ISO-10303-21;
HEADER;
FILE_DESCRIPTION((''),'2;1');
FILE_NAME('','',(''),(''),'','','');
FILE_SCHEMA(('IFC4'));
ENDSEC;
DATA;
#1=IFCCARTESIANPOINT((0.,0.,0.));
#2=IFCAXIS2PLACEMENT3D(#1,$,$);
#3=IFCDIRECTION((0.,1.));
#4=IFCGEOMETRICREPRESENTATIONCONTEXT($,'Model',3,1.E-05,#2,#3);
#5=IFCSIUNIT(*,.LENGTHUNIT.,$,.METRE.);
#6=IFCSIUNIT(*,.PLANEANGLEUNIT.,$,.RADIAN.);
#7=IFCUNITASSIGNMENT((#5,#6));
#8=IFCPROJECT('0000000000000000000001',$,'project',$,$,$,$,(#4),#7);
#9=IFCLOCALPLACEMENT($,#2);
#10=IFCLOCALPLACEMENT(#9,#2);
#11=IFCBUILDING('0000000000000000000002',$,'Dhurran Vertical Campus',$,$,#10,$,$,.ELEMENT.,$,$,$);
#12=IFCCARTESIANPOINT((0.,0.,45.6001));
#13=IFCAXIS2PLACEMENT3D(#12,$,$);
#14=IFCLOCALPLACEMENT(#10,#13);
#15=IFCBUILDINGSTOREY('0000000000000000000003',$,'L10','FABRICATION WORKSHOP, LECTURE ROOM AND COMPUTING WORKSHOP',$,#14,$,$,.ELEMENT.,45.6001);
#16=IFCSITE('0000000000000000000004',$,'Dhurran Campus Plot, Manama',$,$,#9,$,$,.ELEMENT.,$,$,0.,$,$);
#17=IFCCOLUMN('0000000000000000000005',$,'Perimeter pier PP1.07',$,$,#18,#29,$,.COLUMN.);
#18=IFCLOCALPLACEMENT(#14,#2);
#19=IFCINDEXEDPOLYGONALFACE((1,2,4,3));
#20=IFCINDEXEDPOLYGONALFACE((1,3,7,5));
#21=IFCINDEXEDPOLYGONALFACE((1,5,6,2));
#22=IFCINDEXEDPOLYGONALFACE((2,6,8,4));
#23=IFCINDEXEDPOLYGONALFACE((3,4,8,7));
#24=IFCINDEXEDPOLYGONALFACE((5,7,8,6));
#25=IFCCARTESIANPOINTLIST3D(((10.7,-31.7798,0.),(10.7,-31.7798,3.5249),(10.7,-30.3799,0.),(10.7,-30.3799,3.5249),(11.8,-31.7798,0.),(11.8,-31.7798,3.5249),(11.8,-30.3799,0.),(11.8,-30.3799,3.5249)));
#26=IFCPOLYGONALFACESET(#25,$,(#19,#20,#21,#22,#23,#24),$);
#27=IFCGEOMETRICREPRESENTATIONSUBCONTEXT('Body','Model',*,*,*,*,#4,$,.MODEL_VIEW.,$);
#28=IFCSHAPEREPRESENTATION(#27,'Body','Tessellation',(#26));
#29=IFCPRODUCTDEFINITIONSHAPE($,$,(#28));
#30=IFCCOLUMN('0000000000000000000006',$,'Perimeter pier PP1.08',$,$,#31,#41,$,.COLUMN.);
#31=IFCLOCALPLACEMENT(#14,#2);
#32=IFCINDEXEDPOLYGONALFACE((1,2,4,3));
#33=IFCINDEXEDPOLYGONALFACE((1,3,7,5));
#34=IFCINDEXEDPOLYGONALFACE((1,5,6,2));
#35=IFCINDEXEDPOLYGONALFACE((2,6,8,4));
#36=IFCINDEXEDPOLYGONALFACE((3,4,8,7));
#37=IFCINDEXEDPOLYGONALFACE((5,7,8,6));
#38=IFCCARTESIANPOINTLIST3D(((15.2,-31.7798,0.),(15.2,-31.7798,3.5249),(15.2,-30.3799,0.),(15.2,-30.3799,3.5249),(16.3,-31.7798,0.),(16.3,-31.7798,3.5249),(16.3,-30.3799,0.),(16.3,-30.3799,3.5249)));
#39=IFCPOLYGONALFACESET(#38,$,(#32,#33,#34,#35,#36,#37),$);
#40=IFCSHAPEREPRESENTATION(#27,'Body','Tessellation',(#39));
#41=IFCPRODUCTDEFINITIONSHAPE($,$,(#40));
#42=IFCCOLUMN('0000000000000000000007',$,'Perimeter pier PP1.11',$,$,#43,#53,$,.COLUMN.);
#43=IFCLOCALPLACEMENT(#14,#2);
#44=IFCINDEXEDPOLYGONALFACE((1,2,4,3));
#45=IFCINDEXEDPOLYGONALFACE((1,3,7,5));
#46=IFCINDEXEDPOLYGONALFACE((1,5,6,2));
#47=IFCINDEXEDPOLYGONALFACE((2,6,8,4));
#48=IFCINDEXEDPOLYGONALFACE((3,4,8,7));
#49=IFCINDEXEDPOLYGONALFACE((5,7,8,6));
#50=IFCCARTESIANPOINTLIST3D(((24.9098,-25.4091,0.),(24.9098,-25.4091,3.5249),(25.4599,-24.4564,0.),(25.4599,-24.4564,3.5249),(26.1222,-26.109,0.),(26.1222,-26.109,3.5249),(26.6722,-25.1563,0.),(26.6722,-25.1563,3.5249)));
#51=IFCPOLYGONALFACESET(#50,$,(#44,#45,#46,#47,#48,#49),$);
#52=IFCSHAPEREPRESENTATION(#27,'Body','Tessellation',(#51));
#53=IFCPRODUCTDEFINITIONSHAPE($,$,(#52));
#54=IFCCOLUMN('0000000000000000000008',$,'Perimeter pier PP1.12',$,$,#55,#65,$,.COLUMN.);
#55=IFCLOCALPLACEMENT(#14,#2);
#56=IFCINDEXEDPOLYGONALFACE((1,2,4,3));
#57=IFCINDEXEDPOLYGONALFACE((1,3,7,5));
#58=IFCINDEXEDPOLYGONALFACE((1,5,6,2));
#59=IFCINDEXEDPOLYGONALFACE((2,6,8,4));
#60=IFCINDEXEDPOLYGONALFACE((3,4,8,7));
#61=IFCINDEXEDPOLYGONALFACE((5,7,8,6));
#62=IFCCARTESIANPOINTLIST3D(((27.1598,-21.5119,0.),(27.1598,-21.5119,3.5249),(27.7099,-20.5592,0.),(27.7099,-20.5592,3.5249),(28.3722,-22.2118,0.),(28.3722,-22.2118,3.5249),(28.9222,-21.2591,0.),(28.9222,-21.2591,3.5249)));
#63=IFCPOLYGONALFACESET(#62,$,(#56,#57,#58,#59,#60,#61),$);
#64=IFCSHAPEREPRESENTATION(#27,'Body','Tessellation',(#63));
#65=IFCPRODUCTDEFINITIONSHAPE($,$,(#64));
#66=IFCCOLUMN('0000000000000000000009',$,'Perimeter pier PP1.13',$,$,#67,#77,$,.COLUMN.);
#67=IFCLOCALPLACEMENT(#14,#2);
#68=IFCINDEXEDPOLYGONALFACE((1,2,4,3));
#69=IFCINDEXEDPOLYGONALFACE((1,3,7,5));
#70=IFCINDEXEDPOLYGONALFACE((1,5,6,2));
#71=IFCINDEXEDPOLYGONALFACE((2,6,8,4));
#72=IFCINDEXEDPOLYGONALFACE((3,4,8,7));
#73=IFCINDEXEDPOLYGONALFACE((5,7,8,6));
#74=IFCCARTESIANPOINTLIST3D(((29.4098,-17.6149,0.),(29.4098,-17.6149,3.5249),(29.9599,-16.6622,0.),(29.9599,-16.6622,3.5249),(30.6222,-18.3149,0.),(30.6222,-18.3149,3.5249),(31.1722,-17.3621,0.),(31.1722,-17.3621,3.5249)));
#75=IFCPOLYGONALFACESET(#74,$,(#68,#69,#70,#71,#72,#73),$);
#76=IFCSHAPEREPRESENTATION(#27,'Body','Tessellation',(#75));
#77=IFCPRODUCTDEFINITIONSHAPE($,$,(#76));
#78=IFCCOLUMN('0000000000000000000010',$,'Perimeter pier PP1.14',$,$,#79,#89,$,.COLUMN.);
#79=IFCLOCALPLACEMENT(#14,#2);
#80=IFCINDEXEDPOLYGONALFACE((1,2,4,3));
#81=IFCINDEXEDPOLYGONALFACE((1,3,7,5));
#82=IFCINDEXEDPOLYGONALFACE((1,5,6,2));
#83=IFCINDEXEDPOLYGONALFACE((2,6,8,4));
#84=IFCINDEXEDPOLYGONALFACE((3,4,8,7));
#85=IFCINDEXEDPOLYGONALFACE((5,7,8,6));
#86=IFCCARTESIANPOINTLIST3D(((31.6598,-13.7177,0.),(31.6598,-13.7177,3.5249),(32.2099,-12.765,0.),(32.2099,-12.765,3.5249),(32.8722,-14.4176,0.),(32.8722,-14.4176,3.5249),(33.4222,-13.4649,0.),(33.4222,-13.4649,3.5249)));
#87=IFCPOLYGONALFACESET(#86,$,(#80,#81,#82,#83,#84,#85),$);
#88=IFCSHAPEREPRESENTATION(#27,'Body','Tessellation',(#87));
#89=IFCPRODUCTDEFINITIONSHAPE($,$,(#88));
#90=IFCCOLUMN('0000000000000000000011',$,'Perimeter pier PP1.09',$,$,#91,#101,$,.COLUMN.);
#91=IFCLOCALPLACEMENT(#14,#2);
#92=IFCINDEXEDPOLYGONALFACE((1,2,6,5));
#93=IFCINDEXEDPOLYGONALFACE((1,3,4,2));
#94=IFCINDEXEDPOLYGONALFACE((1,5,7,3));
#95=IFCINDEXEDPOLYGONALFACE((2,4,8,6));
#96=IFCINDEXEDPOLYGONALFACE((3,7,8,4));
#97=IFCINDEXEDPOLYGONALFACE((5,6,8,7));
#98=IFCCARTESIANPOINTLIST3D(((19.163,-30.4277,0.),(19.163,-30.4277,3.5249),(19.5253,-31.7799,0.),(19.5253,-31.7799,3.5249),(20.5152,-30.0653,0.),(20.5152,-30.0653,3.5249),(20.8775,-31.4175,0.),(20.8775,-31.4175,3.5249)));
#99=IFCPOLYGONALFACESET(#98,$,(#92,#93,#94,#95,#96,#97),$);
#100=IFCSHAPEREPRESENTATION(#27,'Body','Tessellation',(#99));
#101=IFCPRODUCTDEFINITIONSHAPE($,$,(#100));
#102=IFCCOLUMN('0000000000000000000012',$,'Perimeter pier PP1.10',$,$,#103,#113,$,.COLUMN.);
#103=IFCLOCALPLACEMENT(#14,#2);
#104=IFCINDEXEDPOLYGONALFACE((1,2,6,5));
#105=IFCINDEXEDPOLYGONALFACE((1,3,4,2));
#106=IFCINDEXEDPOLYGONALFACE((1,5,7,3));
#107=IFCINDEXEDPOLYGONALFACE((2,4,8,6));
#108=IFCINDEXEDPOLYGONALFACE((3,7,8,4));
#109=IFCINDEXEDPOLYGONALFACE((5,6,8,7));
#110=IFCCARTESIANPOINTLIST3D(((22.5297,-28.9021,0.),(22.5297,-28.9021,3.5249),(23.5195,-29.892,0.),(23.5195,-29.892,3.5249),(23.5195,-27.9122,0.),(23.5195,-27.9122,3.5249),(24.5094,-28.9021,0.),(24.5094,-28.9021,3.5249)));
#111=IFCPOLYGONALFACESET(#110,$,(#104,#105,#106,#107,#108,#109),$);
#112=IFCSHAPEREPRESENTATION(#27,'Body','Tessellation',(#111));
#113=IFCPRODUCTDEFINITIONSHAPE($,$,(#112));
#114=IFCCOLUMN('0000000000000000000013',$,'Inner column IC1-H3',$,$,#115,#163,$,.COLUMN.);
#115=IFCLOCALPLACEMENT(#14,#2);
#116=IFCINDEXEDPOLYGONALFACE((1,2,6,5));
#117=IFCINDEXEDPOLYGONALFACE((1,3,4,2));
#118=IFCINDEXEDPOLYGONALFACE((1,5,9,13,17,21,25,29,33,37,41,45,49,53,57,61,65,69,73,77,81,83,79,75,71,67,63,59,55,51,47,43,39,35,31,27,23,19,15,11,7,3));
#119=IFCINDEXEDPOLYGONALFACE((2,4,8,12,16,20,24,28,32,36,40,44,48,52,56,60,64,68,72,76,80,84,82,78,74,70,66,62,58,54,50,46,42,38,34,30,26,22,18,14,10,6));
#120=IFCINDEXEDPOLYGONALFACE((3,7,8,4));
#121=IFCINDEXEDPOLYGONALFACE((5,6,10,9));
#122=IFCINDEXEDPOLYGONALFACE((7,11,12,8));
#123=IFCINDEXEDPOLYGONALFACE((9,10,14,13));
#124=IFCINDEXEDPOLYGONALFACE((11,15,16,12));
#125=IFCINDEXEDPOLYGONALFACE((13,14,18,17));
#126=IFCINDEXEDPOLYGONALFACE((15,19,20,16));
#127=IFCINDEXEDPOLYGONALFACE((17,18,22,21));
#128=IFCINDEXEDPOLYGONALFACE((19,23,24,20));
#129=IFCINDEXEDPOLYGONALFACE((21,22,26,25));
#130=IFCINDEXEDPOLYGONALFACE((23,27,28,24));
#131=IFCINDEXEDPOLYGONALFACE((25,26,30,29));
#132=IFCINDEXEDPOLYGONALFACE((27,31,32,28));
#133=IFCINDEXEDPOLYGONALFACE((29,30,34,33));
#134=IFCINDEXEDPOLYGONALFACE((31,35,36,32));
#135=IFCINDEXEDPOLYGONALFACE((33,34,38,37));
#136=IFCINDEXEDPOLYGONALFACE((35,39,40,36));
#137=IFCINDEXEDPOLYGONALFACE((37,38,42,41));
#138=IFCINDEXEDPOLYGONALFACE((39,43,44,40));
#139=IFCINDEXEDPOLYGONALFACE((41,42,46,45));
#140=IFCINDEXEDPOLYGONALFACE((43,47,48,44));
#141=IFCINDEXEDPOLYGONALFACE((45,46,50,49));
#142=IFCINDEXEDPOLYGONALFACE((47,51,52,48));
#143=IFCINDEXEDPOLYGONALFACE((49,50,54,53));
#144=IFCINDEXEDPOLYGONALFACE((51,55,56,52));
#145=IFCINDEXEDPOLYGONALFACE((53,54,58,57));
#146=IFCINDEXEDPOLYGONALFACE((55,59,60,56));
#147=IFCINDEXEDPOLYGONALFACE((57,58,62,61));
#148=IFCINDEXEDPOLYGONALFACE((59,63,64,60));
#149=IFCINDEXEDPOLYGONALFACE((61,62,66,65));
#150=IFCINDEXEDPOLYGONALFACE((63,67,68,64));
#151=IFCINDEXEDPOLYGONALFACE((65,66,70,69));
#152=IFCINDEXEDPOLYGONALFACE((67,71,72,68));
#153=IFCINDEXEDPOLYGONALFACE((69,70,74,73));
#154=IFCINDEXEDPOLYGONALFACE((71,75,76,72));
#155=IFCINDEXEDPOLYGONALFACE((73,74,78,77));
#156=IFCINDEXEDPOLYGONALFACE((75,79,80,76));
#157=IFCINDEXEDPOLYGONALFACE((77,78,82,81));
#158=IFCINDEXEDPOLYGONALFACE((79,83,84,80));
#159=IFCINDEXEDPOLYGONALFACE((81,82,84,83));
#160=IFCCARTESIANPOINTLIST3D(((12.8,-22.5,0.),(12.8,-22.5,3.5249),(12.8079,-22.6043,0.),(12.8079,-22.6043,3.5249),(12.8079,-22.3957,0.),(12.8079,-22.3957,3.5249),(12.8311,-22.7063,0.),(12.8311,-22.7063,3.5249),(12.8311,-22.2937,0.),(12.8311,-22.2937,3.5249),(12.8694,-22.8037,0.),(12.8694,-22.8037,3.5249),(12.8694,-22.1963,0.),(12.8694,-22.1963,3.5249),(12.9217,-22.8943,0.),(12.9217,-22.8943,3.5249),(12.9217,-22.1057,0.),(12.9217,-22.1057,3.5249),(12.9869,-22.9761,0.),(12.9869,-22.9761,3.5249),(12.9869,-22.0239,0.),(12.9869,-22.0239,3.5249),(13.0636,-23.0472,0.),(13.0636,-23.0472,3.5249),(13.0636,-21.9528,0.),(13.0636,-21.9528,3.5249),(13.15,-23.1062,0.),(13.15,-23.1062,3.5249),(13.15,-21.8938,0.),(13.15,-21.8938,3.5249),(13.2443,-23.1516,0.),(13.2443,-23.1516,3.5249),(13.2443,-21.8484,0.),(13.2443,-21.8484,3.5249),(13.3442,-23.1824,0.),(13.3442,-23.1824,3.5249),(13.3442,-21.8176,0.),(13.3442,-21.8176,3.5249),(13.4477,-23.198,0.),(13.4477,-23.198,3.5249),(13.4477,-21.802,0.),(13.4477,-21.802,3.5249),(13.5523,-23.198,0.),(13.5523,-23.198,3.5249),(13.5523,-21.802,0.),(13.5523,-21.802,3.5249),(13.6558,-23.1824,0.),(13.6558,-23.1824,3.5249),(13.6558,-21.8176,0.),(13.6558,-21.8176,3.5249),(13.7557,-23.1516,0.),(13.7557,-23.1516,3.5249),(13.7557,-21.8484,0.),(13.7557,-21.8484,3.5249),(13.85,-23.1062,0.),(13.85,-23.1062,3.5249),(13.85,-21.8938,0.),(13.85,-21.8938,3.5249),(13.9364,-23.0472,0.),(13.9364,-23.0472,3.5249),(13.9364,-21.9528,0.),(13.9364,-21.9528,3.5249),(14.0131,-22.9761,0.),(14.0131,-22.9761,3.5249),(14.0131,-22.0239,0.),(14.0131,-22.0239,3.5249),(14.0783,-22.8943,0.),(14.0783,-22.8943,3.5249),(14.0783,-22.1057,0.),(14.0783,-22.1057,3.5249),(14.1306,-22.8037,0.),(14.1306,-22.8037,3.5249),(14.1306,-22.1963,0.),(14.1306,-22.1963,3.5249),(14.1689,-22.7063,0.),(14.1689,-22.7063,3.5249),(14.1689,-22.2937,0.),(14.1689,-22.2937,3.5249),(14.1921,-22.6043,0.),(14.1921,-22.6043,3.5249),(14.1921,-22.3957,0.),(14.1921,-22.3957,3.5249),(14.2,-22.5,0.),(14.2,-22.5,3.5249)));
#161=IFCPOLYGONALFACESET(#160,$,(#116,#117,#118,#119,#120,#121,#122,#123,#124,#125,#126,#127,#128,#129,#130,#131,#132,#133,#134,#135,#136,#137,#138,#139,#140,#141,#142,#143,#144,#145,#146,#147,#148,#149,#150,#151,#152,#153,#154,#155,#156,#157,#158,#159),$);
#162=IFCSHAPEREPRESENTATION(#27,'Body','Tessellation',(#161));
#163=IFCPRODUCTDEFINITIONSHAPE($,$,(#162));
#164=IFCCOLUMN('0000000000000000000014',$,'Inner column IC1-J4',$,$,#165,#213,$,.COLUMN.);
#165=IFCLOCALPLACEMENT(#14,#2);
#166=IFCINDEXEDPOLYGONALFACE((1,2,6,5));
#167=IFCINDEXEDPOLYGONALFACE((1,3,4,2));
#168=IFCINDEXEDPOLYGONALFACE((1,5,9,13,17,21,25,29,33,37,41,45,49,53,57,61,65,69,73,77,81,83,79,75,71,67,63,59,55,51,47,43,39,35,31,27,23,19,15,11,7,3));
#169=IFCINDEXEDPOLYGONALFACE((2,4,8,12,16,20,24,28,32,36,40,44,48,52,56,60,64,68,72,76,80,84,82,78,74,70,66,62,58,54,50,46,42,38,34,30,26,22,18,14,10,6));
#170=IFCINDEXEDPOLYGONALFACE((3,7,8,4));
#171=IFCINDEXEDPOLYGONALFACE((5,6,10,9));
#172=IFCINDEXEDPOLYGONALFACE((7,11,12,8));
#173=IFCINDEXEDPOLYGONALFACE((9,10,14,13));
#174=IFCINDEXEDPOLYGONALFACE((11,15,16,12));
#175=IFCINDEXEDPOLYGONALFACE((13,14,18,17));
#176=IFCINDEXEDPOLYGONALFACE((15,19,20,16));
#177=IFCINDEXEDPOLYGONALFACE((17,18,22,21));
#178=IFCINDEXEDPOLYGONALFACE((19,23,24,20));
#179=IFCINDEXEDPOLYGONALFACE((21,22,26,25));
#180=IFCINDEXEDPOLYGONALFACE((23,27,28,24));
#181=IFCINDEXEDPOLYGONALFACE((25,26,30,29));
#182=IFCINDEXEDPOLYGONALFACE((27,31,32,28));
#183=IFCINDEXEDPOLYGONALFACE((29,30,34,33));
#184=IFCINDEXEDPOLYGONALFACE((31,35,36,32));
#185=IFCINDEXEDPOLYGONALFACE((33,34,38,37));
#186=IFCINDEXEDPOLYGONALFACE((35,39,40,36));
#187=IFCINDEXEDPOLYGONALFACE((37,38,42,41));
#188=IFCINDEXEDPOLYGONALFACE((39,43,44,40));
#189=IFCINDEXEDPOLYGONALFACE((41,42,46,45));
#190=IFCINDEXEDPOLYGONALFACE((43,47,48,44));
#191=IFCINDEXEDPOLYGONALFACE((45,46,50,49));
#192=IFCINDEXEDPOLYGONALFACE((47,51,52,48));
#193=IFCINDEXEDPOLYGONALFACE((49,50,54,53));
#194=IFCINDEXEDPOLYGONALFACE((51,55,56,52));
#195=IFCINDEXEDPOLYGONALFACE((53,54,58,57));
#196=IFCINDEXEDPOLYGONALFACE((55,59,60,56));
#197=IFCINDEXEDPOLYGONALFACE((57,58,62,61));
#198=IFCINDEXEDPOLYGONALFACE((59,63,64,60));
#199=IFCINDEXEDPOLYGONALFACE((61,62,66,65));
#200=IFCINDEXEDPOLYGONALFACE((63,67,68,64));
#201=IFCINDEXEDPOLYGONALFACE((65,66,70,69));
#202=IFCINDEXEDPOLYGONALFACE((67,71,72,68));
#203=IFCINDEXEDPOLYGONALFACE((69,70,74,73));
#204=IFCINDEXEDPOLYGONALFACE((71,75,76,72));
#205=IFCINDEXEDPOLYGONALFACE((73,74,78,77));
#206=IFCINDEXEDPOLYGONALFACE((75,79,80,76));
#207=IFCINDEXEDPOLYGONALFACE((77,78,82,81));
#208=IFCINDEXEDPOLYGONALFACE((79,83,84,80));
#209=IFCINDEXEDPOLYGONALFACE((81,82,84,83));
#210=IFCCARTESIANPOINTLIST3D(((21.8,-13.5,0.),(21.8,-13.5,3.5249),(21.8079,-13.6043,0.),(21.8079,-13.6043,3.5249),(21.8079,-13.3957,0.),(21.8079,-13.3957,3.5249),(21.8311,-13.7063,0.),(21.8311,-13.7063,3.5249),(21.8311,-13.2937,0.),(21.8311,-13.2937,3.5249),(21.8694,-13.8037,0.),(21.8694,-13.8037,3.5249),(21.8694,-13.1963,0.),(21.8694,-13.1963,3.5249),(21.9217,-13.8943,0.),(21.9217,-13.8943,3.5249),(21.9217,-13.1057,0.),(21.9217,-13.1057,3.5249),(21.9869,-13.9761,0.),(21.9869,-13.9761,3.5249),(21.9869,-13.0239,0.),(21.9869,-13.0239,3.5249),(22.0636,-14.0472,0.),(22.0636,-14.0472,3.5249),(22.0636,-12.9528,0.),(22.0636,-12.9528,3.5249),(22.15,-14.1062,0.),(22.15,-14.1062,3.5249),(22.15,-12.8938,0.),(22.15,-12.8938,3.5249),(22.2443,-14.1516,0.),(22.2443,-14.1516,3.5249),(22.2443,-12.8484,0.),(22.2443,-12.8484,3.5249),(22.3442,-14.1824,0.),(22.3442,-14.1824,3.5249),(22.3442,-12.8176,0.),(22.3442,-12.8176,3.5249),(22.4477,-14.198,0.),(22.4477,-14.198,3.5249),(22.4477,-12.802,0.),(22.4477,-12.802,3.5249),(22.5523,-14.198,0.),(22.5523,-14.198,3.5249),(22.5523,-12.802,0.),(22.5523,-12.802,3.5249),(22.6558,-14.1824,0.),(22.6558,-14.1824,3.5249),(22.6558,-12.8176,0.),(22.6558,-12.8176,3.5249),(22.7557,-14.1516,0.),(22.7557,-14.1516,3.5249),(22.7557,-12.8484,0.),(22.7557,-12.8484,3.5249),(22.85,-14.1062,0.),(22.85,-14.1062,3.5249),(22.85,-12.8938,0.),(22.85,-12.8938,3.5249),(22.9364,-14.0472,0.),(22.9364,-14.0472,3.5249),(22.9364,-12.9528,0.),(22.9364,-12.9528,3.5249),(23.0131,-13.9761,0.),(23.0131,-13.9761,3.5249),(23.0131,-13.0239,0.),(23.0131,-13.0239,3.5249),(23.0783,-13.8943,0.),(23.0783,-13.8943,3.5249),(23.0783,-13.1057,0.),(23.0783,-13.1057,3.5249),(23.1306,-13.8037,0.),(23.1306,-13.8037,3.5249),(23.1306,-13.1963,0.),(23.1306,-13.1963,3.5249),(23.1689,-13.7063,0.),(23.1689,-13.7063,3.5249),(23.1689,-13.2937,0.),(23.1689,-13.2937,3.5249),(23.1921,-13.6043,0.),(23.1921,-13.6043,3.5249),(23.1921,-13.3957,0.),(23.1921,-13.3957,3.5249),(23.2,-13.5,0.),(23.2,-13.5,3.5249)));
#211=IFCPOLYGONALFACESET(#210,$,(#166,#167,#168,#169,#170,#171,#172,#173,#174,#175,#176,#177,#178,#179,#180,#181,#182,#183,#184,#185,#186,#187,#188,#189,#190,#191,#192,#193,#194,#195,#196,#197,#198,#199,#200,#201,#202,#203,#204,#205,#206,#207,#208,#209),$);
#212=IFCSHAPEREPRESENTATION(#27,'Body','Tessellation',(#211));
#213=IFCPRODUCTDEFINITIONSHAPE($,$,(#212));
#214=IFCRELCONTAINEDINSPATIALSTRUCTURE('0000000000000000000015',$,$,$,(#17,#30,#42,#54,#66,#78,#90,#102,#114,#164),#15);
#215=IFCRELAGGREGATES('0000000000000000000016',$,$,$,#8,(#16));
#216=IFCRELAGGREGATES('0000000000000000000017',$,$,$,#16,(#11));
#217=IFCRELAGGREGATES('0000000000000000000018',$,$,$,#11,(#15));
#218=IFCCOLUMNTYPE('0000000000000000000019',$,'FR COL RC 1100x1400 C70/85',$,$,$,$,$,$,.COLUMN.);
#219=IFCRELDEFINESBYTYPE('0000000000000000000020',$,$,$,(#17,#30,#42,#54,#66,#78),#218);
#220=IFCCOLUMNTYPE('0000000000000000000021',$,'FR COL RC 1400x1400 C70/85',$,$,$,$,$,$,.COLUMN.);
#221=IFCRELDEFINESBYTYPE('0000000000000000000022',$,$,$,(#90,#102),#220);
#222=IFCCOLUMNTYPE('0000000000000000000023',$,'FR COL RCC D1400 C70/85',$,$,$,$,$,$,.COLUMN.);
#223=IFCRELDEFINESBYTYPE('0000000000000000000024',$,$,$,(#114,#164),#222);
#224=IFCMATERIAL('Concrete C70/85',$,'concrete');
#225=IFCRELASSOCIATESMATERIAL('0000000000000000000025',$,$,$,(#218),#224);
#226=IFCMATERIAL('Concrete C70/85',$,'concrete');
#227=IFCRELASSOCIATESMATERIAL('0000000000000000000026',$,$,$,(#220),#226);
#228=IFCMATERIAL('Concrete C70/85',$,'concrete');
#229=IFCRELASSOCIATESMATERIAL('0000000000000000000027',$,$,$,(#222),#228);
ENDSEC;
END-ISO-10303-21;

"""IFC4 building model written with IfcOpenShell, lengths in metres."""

from ifc_helpers import new_model, si_unit, direction, frame, origin, origin_2d, place, context, subcontext, project, spatial, rectangle, circle, extrude, material, material_profile, profile_set, type_object, element, save


model = new_model("IFC4")

# Units and contexts
model_context = context("Model", 3, precision=1e-05, world=origin(), true_north=direction((0.0, 1.0)))
body_context = subcontext(model_context, "Body", "Model", "MODEL_VIEW")
ifc_project = project(units=[si_unit("LENGTHUNIT", "METRE"), si_unit("PLANEANGLEUNIT", "RADIAN")], contexts=[model_context])

# Site, building, storey
site_placement = place(None, origin())
site = spatial("IfcSite", under=ifc_project, at=site_placement, Name="Dhurran Campus Plot, Manama", CompositionType="ELEMENT", RefElevation=0.0)
building_placement = place(site_placement, origin())
building = spatial("IfcBuilding", under=site, at=building_placement, Name="Dhurran Vertical Campus", CompositionType="ELEMENT")
storey_placement = place(building_placement, frame((0.0, 0.0, 45.6001)))
storey = spatial("IfcBuildingStorey", under=building, at=storey_placement, Name="L10", Description="FABRICATION WORKSHOP, LECTURE ROOM AND COMPUTING WORKSHOP", CompositionType="ELEMENT", Elevation=45.6001)

# Columns
ifc_material_1 = material(Name="Concrete C70/85", Category="concrete")
ifc_material_profile_1 = material_profile(ifc_material_1, rectangle(XDim=1.1001, YDim=1.3999, at=origin_2d()), Name="RC 1100x1400")
ifc_profile_set_1 = profile_set([ifc_material_profile_1], Name="Concrete C70/85")
column_type_1 = type_object("IfcColumnType", Name="FR COL RC 1100x1400 C70/85", PredefinedType="COLUMN", material=ifc_profile_set_1)
for number, where, z_axis, x_axis, name in (
    (1, (11.25, -31.0798, 0.0), (0.0, 0.0, 1.0), (1.0, 0.0, 0.0), "Perimeter pier PP1.07"),
    (2, (15.75, -31.0798, 0.0), (0.0, 0.0, 1.0), (1.0, 0.0, 0.0), "Perimeter pier PP1.08"),
    (3, (25.791, -25.2827, 0.0), (0.0, 0.0, 1.0), (0.5, 0.866025, 0.0), "Perimeter pier PP1.11"),
    (4, (28.041, -21.3855, 0.0), (0.0, 0.0, 1.0), (0.5, 0.866025, 0.0), "Perimeter pier PP1.12"),
    (5, (30.291, -17.4885, 0.0), (0.0, 0.0, 1.0), (0.5, 0.866025, 0.0), "Perimeter pier PP1.13"),
    (6, (32.541, -13.5913, 0.0), (0.0, 0.0, 1.0), (0.5, 0.866025, 0.0), "Perimeter pier PP1.14"),
):
    element("IfcColumn", number, at=place(storey_placement, frame(where, z_axis=z_axis, x_axis=x_axis)), inside=storey, type_object=column_type_1, Name=name, PredefinedType="COLUMN", context=body_context, shape_type="SweptSolid", body=[
        extrude(rectangle(XDim=1.1001, YDim=1.3999, at=origin_2d()), origin(), (0.0, 0.0, 1.0), 3.5249),
    ])
ifc_material_2 = material(Name="Concrete C70/85", Category="concrete")
ifc_material_profile_2 = material_profile(ifc_material_2, rectangle(XDim=1.3999, YDim=1.3999, at=origin_2d()), Name="RC 1400x1400")
ifc_profile_set_2 = profile_set([ifc_material_profile_2], Name="Concrete C70/85")
column_type_2 = type_object("IfcColumnType", Name="FR COL RC 1400x1400 C70/85", PredefinedType="COLUMN", material=ifc_profile_set_2)
for number, where, z_axis, x_axis, name in (
    (7, (20.0203, -30.9226, 0.0), (0.0, 0.0, 1.0), (0.965926, 0.258819, 0.0), "Perimeter pier PP1.09"),
    (8, (23.5195, -28.9021, 0.0), (0.0, 0.0, 1.0), (0.707107, 0.707107, 0.0), "Perimeter pier PP1.10"),
):
    element("IfcColumn", number, at=place(storey_placement, frame(where, z_axis=z_axis, x_axis=x_axis)), inside=storey, type_object=column_type_2, Name=name, PredefinedType="COLUMN", context=body_context, shape_type="SweptSolid", body=[
        extrude(rectangle(XDim=1.3999, YDim=1.3999, at=origin_2d()), origin(), (0.0, 0.0, 1.0), 3.5249),
    ])
ifc_material_3 = material(Name="Concrete C70/85", Category="concrete")
ifc_material_profile_3 = material_profile(ifc_material_3, circle(Radius=0.7, at=origin_2d()), Name="RCC D1400")
ifc_profile_set_3 = profile_set([ifc_material_profile_3], Name="Concrete C70/85")
column_type_3 = type_object("IfcColumnType", Name="FR COL RCC D1400 C70/85", PredefinedType="COLUMN", material=ifc_profile_set_3)
for number, where, z_axis, x_axis, name in (
    (9, (13.5, -22.5, 0.0), (0.0, 0.0, 1.0), (1.0, 0.0, 0.0), "Inner column IC1-H3"),
    (10, (22.5, -13.5, 0.0), (0.0, 0.0, 1.0), (1.0, 0.0, 0.0), "Inner column IC1-J4"),
):
    element("IfcColumn", number, at=place(storey_placement, frame(where, z_axis=z_axis, x_axis=x_axis)), inside=storey, type_object=column_type_3, Name=name, PredefinedType="COLUMN", context=body_context, shape_type="SweptSolid", body=[
        extrude(circle(Radius=0.7, at=origin_2d()), origin(), (0.0, 0.0, 1.0), 3.5249),
    ])

save(model, "model.ifc")
